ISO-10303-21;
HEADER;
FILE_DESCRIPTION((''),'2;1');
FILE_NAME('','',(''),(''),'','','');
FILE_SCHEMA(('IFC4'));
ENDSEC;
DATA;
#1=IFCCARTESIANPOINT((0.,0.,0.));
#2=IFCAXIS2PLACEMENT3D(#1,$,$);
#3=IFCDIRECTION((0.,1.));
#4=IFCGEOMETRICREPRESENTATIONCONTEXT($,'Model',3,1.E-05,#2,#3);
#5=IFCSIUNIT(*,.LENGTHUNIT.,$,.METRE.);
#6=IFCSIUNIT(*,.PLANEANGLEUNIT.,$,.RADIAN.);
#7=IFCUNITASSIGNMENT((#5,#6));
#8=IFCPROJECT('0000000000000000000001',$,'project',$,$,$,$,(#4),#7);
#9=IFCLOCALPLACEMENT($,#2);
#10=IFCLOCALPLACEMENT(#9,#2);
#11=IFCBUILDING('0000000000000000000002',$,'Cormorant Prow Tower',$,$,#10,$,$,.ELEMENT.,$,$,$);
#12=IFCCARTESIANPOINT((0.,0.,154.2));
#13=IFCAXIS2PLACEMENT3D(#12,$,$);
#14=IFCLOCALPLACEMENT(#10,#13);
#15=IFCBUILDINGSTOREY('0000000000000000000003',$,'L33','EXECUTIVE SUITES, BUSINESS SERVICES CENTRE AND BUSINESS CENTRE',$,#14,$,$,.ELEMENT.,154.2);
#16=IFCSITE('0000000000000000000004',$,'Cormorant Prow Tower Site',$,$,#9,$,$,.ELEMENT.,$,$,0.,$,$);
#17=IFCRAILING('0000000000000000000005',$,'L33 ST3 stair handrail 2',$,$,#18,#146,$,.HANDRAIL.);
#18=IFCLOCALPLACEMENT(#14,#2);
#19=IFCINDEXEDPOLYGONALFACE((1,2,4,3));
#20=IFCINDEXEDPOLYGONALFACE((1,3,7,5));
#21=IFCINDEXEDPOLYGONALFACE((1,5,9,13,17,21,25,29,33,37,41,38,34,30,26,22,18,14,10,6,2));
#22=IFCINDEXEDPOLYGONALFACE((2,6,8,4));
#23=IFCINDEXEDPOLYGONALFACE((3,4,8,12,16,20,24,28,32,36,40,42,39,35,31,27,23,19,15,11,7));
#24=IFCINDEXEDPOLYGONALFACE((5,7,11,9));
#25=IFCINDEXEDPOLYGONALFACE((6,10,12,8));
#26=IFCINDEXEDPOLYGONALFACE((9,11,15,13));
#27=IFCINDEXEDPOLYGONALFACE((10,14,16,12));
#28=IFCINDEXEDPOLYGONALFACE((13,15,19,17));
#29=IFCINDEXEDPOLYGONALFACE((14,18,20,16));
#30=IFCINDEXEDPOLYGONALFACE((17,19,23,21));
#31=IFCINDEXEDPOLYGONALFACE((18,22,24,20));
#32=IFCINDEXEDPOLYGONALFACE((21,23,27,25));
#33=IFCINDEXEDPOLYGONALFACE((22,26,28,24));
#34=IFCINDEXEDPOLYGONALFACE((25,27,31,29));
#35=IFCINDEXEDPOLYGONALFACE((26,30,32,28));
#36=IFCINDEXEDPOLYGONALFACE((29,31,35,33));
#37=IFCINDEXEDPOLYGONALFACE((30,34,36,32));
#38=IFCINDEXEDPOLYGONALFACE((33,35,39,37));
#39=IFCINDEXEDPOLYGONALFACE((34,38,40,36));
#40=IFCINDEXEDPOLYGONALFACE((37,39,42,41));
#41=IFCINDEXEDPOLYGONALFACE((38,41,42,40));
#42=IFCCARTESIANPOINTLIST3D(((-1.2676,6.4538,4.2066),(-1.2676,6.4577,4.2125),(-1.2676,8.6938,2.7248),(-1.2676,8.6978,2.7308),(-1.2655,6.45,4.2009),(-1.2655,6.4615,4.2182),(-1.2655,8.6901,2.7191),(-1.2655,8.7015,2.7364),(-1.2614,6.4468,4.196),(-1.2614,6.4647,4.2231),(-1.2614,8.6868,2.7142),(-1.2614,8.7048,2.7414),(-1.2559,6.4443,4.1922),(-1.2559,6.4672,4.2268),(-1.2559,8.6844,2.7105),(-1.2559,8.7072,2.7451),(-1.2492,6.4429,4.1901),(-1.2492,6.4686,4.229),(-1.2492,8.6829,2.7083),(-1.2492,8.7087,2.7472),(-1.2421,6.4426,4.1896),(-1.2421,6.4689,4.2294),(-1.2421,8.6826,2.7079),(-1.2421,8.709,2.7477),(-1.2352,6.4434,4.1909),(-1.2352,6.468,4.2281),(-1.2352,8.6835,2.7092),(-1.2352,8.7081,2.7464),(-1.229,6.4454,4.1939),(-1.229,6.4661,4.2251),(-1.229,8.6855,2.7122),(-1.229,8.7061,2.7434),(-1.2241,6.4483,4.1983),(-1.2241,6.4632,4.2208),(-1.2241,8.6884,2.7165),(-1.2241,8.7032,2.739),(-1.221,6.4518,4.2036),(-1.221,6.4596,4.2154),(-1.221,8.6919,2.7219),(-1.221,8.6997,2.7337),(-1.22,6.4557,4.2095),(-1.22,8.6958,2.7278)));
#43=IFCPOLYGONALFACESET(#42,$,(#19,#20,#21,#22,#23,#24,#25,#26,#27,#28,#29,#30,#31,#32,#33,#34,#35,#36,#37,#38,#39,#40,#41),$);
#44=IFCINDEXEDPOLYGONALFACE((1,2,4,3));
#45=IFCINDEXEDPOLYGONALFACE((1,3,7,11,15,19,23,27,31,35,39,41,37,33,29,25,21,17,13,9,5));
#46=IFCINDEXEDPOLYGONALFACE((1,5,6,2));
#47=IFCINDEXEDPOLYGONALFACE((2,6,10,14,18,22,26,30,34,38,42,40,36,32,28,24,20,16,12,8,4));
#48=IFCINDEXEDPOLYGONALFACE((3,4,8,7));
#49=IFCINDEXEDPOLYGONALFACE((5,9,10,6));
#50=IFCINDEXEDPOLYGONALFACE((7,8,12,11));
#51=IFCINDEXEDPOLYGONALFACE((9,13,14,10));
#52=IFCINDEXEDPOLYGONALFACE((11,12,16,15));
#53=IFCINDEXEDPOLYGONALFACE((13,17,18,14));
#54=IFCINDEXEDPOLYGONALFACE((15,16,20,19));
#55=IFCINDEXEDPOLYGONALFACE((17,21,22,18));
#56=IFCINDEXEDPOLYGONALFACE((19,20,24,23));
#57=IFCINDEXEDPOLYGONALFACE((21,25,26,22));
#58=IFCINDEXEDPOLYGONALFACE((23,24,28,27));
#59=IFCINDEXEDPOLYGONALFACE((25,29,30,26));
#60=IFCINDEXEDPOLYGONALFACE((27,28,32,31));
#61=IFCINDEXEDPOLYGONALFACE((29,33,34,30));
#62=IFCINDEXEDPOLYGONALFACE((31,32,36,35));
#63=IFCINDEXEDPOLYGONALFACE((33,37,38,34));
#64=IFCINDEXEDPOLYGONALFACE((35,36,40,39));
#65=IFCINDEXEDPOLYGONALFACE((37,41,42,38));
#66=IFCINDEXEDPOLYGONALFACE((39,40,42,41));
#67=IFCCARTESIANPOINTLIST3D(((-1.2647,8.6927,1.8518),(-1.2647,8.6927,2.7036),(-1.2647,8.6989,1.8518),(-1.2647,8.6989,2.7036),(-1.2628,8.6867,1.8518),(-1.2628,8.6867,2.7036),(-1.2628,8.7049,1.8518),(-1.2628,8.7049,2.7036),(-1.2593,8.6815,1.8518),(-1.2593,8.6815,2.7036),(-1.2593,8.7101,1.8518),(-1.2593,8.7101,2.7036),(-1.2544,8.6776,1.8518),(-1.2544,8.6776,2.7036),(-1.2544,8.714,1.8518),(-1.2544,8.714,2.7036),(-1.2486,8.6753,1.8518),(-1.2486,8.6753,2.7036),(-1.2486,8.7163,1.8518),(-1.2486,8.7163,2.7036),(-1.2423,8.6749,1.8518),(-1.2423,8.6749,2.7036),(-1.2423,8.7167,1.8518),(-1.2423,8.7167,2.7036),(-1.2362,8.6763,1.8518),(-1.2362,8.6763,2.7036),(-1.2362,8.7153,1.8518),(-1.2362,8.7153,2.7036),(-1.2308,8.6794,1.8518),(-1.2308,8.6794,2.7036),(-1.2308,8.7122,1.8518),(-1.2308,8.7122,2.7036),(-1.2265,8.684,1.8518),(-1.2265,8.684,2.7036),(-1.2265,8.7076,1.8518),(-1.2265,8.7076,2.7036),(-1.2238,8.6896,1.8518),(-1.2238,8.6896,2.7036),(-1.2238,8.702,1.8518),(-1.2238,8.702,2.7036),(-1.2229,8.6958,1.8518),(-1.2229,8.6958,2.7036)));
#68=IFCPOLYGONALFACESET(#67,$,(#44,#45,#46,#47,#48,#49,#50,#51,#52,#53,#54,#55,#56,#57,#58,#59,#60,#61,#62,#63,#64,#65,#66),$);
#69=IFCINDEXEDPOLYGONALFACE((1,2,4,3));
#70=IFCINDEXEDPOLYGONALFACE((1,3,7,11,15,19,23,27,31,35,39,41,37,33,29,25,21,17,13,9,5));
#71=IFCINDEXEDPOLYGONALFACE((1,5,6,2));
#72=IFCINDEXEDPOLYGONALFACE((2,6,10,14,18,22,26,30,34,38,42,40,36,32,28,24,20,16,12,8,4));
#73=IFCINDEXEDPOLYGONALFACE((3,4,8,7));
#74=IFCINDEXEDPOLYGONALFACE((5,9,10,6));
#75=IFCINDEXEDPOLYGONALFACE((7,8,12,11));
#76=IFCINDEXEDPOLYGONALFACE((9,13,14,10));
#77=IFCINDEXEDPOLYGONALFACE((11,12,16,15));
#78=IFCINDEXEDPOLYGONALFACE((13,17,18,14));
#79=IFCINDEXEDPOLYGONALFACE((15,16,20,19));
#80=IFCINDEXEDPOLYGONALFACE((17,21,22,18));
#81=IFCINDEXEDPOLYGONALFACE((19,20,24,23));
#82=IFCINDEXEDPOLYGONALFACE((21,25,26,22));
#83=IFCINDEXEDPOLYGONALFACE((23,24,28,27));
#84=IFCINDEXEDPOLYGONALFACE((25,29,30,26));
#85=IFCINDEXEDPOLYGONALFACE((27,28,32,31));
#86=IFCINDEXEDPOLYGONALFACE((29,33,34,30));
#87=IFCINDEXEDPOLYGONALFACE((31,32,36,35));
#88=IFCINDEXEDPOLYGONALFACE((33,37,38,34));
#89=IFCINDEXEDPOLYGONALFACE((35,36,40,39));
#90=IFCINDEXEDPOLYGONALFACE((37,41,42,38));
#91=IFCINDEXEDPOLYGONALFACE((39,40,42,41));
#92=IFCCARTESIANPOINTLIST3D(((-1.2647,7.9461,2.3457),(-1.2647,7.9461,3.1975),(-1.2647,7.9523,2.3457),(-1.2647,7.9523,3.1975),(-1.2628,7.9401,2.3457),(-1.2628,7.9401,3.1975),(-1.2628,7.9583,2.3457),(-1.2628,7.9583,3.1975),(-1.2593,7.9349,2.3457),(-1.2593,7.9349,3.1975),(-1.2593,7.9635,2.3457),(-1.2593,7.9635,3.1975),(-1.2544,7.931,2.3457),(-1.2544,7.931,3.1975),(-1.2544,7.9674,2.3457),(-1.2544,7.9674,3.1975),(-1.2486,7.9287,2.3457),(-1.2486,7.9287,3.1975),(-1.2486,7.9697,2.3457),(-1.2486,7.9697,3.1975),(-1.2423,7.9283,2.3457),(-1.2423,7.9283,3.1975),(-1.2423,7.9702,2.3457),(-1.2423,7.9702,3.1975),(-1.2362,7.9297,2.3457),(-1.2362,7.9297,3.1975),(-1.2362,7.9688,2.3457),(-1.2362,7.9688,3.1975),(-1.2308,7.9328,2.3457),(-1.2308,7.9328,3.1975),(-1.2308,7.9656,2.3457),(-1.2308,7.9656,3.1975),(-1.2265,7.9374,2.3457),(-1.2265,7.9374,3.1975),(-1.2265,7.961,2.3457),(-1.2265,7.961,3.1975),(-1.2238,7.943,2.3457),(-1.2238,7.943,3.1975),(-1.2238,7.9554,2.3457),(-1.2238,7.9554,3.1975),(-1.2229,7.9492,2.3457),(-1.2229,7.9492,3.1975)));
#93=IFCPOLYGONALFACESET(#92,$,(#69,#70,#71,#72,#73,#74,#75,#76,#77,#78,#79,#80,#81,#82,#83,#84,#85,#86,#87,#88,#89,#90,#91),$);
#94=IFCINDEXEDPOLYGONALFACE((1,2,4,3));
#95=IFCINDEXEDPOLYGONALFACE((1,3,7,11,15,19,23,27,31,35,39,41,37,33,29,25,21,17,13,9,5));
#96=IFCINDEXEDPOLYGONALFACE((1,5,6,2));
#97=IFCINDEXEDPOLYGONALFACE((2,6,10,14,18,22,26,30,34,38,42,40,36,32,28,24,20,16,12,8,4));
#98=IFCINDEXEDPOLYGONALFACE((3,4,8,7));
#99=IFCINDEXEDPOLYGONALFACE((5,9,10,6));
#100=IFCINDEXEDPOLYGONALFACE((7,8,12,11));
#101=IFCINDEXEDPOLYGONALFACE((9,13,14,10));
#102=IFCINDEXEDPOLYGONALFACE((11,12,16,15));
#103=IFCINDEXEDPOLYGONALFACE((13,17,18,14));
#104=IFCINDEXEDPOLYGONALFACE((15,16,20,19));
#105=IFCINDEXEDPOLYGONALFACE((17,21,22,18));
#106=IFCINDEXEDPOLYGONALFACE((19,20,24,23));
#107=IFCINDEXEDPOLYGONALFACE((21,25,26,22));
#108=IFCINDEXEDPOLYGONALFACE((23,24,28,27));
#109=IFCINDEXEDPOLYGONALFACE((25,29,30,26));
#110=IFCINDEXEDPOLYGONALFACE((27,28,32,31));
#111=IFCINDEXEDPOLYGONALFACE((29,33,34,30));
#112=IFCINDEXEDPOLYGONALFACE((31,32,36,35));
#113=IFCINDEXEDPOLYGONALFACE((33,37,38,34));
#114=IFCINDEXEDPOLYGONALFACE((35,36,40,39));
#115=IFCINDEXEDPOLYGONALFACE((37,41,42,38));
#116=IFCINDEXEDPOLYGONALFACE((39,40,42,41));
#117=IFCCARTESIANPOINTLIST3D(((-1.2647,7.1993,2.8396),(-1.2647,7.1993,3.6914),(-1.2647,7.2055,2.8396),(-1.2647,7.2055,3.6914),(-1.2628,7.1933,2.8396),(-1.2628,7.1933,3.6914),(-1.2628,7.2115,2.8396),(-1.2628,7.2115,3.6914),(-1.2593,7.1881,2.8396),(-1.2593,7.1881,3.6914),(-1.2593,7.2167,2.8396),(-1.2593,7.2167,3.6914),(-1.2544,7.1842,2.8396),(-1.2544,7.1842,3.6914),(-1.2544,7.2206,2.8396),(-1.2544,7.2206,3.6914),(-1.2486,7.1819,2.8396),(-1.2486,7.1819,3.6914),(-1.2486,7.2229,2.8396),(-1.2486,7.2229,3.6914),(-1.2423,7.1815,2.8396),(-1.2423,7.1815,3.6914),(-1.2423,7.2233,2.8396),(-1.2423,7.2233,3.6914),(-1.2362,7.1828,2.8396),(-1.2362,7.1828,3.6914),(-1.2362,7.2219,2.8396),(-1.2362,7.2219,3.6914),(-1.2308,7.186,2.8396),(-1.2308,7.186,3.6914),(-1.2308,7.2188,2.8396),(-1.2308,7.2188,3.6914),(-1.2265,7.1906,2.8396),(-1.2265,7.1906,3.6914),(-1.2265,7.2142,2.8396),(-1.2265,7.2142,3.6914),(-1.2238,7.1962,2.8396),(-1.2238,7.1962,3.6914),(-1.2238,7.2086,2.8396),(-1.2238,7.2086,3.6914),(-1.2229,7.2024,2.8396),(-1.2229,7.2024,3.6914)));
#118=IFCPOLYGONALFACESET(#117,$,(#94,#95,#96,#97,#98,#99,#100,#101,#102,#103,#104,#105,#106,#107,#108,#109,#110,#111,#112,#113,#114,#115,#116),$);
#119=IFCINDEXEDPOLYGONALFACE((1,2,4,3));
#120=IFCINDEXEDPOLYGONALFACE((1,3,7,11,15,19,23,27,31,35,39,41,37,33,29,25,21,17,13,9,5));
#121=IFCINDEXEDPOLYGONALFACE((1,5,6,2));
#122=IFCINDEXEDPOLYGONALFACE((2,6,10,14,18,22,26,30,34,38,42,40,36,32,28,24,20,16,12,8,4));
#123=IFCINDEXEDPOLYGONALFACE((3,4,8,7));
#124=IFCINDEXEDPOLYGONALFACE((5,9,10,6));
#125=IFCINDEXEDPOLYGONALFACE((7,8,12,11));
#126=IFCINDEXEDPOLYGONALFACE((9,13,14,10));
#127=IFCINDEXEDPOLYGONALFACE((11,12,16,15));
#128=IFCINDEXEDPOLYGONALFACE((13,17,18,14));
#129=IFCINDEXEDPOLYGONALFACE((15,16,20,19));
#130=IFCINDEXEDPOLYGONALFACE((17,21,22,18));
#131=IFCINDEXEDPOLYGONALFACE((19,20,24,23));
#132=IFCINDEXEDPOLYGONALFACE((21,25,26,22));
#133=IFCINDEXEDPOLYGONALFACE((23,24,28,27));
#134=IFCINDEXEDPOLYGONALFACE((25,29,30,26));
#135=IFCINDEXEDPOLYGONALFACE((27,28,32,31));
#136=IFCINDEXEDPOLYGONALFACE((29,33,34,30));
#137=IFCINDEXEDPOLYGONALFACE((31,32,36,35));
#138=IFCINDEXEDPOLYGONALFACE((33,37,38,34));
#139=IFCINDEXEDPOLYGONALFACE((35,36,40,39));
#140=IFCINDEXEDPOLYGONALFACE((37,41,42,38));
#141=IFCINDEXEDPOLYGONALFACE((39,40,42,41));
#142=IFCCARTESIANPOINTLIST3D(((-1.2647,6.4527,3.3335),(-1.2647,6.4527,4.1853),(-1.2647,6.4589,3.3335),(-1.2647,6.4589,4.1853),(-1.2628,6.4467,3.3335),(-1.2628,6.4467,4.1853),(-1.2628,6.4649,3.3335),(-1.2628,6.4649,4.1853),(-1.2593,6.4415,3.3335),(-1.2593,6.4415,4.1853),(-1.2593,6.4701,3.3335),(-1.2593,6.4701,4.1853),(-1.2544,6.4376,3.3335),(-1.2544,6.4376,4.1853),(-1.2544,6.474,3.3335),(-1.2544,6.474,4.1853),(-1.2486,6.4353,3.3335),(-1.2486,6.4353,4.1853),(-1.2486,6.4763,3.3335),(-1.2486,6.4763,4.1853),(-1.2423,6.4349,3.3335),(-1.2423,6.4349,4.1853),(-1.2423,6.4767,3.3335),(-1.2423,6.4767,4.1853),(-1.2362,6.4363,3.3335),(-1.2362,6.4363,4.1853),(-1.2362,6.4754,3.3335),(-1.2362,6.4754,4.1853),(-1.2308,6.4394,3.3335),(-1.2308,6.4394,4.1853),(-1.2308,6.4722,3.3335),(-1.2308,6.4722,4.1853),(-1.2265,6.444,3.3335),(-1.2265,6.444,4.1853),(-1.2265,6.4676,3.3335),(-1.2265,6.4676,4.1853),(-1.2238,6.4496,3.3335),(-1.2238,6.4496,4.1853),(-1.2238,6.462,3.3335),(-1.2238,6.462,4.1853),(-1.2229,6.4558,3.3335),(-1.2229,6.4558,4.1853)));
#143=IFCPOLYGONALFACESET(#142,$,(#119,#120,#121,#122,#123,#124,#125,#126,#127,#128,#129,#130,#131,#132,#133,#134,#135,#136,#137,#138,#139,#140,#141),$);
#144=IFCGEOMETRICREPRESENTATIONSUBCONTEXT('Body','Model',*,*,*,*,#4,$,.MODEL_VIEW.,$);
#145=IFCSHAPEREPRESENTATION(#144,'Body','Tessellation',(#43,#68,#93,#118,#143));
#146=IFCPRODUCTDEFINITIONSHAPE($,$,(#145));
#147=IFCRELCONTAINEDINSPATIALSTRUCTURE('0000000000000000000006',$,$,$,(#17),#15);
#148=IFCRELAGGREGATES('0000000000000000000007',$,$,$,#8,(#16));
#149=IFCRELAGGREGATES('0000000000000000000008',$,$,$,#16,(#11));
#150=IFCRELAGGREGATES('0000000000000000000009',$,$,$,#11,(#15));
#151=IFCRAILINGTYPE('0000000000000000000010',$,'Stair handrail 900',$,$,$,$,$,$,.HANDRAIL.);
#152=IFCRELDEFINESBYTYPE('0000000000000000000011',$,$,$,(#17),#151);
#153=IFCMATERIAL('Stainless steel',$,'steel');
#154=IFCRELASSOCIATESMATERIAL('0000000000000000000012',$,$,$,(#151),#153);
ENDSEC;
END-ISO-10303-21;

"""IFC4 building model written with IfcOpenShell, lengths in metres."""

from ifc_helpers import new_model, si_unit, direction, frame, origin, origin_2d, place, context, subcontext, project, spatial, circle, extrude, material, type_object, element, save


model = new_model("IFC4")

# Units and contexts
model_context = context("Model", 3, precision=1e-05, world=origin(), true_north=direction((0.0, 1.0)))
body_context = subcontext(model_context, "Body", "Model", "MODEL_VIEW")
ifc_project = project(units=[si_unit("LENGTHUNIT", "METRE"), si_unit("PLANEANGLEUNIT", "RADIAN")], contexts=[model_context])

# Site, building, storey
site_placement = place(None, origin())
site = spatial("IfcSite", under=ifc_project, at=site_placement, Name="Cormorant Prow Tower Site", CompositionType="ELEMENT", RefElevation=0.0)
building_placement = place(site_placement, origin())
building = spatial("IfcBuilding", under=site, at=building_placement, Name="Cormorant Prow Tower", CompositionType="ELEMENT")
storey_placement = place(building_placement, frame((0.0, 0.0, 154.2)))
storey = spatial("IfcBuildingStorey", under=building, at=storey_placement, Name="L33", Description="EXECUTIVE SUITES, BUSINESS SERVICES CENTRE AND BUSINESS CENTRE", CompositionType="ELEMENT", Elevation=154.2)

# Railing
ifc_material_1 = material(Name="Stainless steel", Category="steel")
railing_type = type_object("IfcRailingType", Name="Stair handrail 900", PredefinedType="HANDRAIL", material=ifc_material_1)
railing_placement = place(storey_placement, frame((-1.2439, 8.6958, 1.8518)))
element("IfcRailing", 1, at=railing_placement, inside=storey, type_object=railing_type, Name="L33 ST3 stair handrail 2", PredefinedType="HANDRAIL", context=body_context, shape_type="SweptSolid", body=[
    extrude(circle(Radius=0.0239, at=origin_2d()), frame((0.0, 0.0, 0.876), z_axis=(0.0, -0.834045, 0.551697), x_axis=(1.0, 0.0, 0.0)), (0.0, 0.0, 1.0), 2.6858),
    extrude(circle(Radius=0.021, at=origin_2d()), origin(), (0.0, 0.0, 1.0), 0.8518),
    extrude(circle(Radius=0.021, at=origin_2d()), frame((0.0, -0.7466, 0.4939)), (0.0, 0.0, 1.0), 0.8518),
    extrude(circle(Radius=0.021, at=origin_2d()), frame((0.0, -1.4934, 0.9878)), (0.0, 0.0, 1.0), 0.8518),
    extrude(circle(Radius=0.021, at=origin_2d()), frame((0.0, -2.24, 1.4817)), (0.0, 0.0, 1.0), 0.8518),
])

save(model, "model.ifc")
